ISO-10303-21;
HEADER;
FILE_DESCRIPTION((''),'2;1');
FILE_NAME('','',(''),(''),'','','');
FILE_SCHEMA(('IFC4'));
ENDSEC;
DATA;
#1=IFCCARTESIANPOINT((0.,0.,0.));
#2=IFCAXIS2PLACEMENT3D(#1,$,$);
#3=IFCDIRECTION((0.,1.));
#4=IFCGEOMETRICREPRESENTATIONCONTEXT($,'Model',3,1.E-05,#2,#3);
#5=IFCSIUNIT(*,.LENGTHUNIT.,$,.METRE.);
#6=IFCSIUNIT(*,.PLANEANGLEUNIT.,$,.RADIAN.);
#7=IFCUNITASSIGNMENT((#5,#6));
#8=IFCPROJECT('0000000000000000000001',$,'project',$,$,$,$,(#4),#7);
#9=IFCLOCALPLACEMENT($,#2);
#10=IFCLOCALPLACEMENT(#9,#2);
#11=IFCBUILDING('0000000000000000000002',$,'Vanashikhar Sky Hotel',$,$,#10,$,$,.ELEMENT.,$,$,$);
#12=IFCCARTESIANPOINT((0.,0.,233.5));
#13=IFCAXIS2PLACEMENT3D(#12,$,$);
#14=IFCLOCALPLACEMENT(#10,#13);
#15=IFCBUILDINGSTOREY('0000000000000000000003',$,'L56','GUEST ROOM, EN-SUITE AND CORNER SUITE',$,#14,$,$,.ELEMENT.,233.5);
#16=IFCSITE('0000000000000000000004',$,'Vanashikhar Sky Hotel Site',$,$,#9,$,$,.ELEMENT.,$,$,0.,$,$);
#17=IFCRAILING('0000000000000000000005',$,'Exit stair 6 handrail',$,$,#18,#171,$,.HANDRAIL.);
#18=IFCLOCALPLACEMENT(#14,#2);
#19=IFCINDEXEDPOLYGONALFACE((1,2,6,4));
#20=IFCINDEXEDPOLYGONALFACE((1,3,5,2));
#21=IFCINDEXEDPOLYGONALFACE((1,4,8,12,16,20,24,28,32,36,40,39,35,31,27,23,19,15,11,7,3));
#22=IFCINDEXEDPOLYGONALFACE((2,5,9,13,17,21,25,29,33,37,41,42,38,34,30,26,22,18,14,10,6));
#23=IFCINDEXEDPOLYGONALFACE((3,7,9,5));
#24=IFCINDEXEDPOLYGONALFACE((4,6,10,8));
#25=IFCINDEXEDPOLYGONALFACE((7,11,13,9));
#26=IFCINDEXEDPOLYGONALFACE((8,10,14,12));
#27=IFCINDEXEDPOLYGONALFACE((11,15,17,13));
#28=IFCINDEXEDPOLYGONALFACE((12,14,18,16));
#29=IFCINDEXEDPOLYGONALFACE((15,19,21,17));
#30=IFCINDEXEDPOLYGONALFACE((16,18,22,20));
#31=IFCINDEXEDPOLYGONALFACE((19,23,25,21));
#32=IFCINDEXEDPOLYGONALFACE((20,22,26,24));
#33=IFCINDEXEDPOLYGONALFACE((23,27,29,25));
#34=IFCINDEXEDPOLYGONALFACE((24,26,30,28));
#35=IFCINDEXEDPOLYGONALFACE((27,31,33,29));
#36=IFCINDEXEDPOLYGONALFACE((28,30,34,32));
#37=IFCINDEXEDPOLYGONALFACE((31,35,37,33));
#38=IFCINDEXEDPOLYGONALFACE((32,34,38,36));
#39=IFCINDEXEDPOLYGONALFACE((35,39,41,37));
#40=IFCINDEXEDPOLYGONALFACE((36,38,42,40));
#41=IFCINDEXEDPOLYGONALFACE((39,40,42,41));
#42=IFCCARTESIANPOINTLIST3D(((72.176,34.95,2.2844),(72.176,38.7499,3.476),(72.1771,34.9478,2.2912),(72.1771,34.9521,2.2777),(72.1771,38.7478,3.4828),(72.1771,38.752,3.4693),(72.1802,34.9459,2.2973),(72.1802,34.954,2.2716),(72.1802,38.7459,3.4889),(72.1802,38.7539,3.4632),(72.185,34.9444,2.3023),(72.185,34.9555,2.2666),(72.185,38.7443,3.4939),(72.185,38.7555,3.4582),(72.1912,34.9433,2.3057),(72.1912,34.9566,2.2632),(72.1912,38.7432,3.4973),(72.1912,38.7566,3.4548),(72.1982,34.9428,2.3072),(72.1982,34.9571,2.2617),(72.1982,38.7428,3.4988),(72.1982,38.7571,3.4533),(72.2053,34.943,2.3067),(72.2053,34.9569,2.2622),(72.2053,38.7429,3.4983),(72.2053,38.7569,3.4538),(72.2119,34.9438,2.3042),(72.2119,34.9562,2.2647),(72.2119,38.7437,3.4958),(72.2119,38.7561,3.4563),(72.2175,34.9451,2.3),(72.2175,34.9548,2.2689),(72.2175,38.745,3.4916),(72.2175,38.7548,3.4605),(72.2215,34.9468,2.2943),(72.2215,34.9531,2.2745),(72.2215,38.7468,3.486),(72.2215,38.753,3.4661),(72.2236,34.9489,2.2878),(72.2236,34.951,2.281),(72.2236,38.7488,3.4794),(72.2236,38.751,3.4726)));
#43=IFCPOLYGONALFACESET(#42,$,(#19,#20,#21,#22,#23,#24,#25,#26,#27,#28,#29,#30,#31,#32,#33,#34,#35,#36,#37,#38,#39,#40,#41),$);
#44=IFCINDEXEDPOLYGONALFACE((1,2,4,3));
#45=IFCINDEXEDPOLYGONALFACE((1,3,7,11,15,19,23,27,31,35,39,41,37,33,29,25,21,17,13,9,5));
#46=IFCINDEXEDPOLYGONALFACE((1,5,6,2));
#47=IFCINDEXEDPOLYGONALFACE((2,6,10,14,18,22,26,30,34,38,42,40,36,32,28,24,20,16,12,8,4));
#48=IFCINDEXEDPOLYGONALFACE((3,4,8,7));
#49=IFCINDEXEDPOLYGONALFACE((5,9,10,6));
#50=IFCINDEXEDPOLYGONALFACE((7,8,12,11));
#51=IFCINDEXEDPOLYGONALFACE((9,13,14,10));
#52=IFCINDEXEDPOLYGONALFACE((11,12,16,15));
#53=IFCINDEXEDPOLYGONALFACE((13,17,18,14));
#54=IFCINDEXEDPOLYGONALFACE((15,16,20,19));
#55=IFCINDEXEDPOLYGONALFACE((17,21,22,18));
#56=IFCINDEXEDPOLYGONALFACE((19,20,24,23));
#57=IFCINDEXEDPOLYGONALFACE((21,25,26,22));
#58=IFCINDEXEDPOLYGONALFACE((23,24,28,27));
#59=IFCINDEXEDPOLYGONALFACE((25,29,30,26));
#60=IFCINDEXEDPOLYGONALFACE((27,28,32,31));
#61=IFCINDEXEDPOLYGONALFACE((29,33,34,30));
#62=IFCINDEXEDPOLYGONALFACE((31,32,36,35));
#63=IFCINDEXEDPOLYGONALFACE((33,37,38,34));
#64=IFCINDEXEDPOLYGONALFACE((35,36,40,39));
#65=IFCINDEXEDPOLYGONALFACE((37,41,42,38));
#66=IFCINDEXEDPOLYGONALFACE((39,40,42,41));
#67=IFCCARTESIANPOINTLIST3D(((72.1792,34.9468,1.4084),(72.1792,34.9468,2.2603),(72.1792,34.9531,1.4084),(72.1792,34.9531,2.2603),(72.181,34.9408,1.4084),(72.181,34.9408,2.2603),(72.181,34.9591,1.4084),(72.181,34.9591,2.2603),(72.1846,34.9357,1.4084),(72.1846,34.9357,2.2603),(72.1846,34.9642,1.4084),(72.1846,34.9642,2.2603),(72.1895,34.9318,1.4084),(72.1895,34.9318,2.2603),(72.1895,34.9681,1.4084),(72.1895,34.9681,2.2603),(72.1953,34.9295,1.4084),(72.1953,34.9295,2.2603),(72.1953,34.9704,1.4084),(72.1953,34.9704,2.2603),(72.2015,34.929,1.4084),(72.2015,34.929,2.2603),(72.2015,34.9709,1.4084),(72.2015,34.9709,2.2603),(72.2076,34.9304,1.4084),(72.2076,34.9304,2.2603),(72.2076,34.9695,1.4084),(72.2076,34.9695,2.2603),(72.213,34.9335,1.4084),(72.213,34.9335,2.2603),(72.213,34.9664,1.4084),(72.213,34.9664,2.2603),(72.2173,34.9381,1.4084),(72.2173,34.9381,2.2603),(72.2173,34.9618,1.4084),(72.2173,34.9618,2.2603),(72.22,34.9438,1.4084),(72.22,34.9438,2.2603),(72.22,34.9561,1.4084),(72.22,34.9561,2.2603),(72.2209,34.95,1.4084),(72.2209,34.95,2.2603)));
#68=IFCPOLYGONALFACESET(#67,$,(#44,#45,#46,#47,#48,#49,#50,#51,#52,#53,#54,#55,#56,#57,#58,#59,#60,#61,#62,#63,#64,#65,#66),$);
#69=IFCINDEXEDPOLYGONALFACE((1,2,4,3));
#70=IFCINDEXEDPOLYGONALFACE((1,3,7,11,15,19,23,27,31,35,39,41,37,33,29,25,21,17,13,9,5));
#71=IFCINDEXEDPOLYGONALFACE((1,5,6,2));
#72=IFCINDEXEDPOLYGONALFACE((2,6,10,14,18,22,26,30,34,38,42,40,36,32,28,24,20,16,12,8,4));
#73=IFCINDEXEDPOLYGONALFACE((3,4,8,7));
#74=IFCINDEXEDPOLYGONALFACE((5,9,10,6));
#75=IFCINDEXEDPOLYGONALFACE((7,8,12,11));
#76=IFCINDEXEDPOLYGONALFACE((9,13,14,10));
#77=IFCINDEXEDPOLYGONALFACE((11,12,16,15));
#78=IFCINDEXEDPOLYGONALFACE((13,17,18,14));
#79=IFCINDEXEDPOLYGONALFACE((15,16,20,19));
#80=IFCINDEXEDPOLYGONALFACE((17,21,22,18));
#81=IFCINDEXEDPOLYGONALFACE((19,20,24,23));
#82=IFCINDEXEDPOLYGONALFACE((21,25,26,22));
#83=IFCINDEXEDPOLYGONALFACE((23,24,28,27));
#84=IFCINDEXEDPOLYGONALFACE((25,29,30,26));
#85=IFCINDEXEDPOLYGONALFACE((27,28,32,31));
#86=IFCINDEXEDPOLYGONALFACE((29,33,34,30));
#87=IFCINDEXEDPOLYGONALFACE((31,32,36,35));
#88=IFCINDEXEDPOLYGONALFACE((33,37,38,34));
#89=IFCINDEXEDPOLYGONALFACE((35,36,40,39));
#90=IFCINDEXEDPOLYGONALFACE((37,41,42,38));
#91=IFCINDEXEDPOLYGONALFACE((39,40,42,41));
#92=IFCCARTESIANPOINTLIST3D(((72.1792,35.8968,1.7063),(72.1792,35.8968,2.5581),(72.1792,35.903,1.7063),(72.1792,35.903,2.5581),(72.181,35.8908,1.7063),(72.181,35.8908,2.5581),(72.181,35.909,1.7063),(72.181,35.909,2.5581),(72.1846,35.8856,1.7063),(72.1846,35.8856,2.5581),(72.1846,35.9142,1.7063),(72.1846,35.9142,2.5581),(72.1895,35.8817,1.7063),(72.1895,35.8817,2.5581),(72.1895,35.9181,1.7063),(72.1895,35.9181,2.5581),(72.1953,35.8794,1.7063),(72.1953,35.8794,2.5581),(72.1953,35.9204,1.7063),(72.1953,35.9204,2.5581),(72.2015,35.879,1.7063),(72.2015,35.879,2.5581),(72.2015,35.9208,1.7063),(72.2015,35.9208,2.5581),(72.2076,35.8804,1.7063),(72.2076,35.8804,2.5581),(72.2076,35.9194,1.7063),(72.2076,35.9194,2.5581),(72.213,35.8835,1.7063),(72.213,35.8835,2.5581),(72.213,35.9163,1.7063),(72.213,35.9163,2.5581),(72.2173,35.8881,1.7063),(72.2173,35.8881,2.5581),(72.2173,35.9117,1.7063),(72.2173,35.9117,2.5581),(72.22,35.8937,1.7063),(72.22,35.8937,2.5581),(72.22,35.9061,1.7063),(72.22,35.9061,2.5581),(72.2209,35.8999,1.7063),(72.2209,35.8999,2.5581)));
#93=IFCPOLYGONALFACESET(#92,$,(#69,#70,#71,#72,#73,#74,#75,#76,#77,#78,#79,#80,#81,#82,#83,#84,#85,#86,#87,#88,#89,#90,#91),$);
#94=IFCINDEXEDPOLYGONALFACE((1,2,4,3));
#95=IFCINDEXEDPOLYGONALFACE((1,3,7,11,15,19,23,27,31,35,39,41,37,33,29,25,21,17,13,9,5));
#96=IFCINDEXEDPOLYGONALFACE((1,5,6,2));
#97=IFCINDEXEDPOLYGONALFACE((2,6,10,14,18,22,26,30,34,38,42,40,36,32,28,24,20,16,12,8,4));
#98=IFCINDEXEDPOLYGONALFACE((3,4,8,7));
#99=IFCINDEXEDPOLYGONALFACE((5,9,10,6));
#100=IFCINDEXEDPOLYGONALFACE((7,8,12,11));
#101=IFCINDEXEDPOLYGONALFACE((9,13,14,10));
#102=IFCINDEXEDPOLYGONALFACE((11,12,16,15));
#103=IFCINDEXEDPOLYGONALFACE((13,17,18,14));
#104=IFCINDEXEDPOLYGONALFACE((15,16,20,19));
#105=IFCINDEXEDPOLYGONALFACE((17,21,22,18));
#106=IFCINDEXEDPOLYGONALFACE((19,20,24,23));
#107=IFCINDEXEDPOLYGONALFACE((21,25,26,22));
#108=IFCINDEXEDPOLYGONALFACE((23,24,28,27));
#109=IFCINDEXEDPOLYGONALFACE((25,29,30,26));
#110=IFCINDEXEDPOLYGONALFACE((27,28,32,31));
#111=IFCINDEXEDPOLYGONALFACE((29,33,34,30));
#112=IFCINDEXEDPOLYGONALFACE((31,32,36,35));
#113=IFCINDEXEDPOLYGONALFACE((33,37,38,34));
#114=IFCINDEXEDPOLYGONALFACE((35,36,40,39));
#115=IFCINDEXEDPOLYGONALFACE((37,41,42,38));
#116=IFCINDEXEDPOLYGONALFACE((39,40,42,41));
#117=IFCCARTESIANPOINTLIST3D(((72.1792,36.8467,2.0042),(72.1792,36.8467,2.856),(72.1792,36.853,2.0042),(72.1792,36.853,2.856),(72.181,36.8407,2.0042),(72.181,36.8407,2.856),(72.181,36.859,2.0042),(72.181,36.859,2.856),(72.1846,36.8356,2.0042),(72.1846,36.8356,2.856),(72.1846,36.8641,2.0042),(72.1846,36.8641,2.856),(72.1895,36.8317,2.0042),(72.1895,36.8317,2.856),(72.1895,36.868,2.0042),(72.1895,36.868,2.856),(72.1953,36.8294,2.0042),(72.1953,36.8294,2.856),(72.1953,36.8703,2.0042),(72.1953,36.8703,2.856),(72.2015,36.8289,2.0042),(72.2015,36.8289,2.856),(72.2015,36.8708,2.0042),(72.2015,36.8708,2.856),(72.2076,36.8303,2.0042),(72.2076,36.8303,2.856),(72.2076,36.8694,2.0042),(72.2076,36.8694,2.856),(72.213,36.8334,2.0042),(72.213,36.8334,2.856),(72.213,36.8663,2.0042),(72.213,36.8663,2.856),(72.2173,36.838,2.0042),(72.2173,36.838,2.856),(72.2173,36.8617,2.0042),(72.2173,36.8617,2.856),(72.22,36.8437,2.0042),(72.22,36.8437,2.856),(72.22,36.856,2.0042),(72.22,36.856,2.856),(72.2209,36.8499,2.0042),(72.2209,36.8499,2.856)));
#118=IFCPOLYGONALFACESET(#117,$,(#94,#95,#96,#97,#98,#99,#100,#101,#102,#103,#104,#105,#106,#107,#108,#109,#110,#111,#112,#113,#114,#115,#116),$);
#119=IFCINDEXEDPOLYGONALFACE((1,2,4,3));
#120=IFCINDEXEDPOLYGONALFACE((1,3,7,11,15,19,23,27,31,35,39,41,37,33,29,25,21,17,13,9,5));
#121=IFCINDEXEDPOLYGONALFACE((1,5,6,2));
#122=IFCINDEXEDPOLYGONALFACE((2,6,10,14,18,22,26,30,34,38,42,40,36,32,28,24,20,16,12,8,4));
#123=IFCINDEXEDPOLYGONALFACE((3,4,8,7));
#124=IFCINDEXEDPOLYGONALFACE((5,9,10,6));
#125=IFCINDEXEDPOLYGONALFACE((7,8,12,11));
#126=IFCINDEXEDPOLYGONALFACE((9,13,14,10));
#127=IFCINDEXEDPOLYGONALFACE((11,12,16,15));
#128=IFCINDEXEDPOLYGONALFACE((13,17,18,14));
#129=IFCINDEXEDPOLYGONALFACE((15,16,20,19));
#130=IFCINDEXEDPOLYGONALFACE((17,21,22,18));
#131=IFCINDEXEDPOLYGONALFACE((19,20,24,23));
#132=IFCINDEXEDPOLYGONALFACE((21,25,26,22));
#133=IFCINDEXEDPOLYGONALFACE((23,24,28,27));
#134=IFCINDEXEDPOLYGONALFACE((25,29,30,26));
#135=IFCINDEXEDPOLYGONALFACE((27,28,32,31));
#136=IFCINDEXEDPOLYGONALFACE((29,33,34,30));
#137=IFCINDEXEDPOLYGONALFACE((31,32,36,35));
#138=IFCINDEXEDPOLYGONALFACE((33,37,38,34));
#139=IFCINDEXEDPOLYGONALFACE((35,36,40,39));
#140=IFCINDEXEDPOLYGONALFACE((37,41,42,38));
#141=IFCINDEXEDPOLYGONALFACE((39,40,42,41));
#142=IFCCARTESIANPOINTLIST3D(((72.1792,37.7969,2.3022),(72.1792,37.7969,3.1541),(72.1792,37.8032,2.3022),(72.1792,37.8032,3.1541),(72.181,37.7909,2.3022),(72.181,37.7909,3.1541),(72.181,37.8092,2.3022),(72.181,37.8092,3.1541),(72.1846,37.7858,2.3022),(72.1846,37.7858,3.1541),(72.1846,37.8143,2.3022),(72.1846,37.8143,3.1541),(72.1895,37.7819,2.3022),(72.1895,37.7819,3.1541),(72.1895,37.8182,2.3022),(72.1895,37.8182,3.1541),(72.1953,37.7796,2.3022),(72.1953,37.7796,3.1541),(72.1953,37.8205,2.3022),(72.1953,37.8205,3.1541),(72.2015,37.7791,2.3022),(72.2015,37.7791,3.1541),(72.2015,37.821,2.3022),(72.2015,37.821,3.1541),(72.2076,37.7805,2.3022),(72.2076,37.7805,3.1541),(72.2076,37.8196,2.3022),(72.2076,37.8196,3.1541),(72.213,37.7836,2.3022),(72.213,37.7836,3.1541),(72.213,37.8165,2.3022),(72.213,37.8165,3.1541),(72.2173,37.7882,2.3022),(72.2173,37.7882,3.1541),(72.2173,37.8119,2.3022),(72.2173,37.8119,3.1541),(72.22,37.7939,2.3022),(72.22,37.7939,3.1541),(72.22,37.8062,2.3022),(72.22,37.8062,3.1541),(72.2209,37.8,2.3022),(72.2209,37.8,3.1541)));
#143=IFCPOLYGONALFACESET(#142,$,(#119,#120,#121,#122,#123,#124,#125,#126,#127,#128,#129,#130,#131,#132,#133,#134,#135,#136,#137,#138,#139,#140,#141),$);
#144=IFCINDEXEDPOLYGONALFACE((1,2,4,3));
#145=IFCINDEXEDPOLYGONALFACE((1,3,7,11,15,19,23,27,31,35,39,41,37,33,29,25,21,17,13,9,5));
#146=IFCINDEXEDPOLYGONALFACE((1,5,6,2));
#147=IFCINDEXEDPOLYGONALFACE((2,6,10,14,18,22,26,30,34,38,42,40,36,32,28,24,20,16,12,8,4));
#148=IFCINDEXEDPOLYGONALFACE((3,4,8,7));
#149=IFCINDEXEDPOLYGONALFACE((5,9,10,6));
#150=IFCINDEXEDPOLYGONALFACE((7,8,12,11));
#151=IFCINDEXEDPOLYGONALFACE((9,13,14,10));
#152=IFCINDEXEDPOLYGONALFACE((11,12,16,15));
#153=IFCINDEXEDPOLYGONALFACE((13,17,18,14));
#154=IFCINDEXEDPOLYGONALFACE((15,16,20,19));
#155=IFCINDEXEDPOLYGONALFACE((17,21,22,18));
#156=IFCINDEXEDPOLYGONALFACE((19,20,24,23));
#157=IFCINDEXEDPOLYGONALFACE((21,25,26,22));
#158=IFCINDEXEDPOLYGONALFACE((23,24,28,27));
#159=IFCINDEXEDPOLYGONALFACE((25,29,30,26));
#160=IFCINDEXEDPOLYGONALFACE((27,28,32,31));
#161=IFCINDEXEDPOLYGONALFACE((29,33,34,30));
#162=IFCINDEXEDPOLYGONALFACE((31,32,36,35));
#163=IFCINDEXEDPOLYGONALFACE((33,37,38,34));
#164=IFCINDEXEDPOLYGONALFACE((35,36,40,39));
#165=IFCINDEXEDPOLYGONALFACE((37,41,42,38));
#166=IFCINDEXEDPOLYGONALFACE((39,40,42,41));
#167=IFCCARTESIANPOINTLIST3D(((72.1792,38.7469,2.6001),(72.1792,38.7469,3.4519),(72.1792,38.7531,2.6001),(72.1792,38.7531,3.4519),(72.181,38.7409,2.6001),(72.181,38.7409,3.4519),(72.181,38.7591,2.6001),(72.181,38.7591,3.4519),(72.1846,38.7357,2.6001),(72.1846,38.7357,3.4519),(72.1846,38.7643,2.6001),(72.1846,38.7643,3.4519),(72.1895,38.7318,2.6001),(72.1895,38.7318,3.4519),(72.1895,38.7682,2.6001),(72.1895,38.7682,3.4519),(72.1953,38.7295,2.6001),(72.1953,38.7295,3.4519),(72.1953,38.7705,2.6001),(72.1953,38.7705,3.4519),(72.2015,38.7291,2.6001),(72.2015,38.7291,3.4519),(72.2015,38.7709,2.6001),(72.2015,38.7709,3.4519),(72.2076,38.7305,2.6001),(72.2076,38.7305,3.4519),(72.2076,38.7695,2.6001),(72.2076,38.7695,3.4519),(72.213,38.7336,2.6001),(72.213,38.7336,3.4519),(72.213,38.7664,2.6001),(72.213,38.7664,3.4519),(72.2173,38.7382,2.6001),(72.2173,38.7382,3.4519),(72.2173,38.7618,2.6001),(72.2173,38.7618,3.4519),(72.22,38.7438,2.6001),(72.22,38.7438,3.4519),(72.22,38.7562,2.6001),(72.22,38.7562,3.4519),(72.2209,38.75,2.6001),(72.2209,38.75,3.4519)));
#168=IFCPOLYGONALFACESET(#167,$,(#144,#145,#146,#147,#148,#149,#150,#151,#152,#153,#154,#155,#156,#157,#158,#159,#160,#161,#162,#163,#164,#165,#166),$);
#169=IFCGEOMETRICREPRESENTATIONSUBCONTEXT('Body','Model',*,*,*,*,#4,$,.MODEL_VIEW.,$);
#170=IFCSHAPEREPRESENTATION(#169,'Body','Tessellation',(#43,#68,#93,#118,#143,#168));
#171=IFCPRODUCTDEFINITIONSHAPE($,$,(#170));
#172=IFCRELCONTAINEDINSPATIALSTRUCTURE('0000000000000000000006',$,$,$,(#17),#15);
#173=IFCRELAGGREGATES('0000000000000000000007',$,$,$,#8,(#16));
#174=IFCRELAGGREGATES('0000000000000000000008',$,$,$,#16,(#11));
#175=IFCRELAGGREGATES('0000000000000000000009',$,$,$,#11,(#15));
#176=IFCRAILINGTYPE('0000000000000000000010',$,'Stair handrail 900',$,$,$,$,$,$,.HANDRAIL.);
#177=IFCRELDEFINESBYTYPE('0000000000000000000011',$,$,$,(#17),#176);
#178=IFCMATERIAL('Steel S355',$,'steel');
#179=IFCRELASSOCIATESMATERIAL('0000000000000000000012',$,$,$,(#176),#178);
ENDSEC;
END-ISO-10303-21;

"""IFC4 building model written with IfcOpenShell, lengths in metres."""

from ifc_helpers import new_model, si_unit, direction, frame, origin, origin_2d, place, context, subcontext, project, spatial, circle, extrude, source, transform, mapped, material, type_object, element, save


model = new_model("IFC4")

# Units and contexts
model_context = context("Model", 3, precision=1e-05, world=origin(), true_north=direction((0.0, 1.0)))
body_context = subcontext(model_context, "Body", "Model", "MODEL_VIEW")
ifc_project = project(units=[si_unit("LENGTHUNIT", "METRE"), si_unit("PLANEANGLEUNIT", "RADIAN")], contexts=[model_context])

# Site, building, storey
site_placement = place(None, origin())
site = spatial("IfcSite", under=ifc_project, at=site_placement, Name="Vanashikhar Sky Hotel Site", CompositionType="ELEMENT", RefElevation=0.0)
building_placement = place(site_placement, origin())
building = spatial("IfcBuilding", under=site, at=building_placement, Name="Vanashikhar Sky Hotel", CompositionType="ELEMENT")
storey_placement = place(building_placement, frame((0.0, 0.0, 233.5)))
storey = spatial("IfcBuildingStorey", under=building, at=storey_placement, Name="L56", Description="GUEST ROOM, EN-SUITE AND CORNER SUITE", CompositionType="ELEMENT", Elevation=233.5)

# Railing
ifc_material_1 = material(Name="Steel S355", Category="steel")
railing_type_1 = type_object("IfcRailingType", Name="Stair handrail 900", PredefinedType="HANDRAIL", material=ifc_material_1)
shared_shape_1 = source(origin(), body_context, "Body", "SweptSolid", [
    extrude(circle(Radius=0.0239, at=origin_2d()), frame((0.0, 0.0, 0.876), z_axis=(0.0, 0.954184, 0.299221), x_axis=(-1.0, 0.0, 0.0)), (0.0, 0.0, 1.0), 3.9824),
    extrude(circle(Radius=0.021, at=origin_2d()), origin(), (0.0, 0.0, 1.0), 0.8518),
    extrude(circle(Radius=0.021, at=origin_2d()), frame((0.0, 0.95, 0.2979)), (0.0, 0.0, 1.0), 0.8518),
    extrude(circle(Radius=0.021, at=origin_2d()), frame((0.0, 1.8999, 0.5957)), (0.0, 0.0, 1.0), 0.8518),
    extrude(circle(Radius=0.021, at=origin_2d()), frame((0.0, 2.8501, 0.8938)), (0.0, 0.0, 1.0), 0.8518),
    extrude(circle(Radius=0.021, at=origin_2d()), frame((0.0, 3.8, 1.1917)), (0.0, 0.0, 1.0), 0.8518),
])
railing_1_placement = place(storey_placement, frame((72.2, 34.95, 1.4084)))
element("IfcRailing", 1, at=railing_1_placement, inside=storey, type_object=railing_type_1, Name="Exit stair 6 handrail", PredefinedType="HANDRAIL", context=body_context, shape_type="MappedRepresentation", body=[
    mapped(shared_shape_1, transform((0.0, 0.0, 0.0), scale=1.0)),
])

save(model, "model.ifc")
